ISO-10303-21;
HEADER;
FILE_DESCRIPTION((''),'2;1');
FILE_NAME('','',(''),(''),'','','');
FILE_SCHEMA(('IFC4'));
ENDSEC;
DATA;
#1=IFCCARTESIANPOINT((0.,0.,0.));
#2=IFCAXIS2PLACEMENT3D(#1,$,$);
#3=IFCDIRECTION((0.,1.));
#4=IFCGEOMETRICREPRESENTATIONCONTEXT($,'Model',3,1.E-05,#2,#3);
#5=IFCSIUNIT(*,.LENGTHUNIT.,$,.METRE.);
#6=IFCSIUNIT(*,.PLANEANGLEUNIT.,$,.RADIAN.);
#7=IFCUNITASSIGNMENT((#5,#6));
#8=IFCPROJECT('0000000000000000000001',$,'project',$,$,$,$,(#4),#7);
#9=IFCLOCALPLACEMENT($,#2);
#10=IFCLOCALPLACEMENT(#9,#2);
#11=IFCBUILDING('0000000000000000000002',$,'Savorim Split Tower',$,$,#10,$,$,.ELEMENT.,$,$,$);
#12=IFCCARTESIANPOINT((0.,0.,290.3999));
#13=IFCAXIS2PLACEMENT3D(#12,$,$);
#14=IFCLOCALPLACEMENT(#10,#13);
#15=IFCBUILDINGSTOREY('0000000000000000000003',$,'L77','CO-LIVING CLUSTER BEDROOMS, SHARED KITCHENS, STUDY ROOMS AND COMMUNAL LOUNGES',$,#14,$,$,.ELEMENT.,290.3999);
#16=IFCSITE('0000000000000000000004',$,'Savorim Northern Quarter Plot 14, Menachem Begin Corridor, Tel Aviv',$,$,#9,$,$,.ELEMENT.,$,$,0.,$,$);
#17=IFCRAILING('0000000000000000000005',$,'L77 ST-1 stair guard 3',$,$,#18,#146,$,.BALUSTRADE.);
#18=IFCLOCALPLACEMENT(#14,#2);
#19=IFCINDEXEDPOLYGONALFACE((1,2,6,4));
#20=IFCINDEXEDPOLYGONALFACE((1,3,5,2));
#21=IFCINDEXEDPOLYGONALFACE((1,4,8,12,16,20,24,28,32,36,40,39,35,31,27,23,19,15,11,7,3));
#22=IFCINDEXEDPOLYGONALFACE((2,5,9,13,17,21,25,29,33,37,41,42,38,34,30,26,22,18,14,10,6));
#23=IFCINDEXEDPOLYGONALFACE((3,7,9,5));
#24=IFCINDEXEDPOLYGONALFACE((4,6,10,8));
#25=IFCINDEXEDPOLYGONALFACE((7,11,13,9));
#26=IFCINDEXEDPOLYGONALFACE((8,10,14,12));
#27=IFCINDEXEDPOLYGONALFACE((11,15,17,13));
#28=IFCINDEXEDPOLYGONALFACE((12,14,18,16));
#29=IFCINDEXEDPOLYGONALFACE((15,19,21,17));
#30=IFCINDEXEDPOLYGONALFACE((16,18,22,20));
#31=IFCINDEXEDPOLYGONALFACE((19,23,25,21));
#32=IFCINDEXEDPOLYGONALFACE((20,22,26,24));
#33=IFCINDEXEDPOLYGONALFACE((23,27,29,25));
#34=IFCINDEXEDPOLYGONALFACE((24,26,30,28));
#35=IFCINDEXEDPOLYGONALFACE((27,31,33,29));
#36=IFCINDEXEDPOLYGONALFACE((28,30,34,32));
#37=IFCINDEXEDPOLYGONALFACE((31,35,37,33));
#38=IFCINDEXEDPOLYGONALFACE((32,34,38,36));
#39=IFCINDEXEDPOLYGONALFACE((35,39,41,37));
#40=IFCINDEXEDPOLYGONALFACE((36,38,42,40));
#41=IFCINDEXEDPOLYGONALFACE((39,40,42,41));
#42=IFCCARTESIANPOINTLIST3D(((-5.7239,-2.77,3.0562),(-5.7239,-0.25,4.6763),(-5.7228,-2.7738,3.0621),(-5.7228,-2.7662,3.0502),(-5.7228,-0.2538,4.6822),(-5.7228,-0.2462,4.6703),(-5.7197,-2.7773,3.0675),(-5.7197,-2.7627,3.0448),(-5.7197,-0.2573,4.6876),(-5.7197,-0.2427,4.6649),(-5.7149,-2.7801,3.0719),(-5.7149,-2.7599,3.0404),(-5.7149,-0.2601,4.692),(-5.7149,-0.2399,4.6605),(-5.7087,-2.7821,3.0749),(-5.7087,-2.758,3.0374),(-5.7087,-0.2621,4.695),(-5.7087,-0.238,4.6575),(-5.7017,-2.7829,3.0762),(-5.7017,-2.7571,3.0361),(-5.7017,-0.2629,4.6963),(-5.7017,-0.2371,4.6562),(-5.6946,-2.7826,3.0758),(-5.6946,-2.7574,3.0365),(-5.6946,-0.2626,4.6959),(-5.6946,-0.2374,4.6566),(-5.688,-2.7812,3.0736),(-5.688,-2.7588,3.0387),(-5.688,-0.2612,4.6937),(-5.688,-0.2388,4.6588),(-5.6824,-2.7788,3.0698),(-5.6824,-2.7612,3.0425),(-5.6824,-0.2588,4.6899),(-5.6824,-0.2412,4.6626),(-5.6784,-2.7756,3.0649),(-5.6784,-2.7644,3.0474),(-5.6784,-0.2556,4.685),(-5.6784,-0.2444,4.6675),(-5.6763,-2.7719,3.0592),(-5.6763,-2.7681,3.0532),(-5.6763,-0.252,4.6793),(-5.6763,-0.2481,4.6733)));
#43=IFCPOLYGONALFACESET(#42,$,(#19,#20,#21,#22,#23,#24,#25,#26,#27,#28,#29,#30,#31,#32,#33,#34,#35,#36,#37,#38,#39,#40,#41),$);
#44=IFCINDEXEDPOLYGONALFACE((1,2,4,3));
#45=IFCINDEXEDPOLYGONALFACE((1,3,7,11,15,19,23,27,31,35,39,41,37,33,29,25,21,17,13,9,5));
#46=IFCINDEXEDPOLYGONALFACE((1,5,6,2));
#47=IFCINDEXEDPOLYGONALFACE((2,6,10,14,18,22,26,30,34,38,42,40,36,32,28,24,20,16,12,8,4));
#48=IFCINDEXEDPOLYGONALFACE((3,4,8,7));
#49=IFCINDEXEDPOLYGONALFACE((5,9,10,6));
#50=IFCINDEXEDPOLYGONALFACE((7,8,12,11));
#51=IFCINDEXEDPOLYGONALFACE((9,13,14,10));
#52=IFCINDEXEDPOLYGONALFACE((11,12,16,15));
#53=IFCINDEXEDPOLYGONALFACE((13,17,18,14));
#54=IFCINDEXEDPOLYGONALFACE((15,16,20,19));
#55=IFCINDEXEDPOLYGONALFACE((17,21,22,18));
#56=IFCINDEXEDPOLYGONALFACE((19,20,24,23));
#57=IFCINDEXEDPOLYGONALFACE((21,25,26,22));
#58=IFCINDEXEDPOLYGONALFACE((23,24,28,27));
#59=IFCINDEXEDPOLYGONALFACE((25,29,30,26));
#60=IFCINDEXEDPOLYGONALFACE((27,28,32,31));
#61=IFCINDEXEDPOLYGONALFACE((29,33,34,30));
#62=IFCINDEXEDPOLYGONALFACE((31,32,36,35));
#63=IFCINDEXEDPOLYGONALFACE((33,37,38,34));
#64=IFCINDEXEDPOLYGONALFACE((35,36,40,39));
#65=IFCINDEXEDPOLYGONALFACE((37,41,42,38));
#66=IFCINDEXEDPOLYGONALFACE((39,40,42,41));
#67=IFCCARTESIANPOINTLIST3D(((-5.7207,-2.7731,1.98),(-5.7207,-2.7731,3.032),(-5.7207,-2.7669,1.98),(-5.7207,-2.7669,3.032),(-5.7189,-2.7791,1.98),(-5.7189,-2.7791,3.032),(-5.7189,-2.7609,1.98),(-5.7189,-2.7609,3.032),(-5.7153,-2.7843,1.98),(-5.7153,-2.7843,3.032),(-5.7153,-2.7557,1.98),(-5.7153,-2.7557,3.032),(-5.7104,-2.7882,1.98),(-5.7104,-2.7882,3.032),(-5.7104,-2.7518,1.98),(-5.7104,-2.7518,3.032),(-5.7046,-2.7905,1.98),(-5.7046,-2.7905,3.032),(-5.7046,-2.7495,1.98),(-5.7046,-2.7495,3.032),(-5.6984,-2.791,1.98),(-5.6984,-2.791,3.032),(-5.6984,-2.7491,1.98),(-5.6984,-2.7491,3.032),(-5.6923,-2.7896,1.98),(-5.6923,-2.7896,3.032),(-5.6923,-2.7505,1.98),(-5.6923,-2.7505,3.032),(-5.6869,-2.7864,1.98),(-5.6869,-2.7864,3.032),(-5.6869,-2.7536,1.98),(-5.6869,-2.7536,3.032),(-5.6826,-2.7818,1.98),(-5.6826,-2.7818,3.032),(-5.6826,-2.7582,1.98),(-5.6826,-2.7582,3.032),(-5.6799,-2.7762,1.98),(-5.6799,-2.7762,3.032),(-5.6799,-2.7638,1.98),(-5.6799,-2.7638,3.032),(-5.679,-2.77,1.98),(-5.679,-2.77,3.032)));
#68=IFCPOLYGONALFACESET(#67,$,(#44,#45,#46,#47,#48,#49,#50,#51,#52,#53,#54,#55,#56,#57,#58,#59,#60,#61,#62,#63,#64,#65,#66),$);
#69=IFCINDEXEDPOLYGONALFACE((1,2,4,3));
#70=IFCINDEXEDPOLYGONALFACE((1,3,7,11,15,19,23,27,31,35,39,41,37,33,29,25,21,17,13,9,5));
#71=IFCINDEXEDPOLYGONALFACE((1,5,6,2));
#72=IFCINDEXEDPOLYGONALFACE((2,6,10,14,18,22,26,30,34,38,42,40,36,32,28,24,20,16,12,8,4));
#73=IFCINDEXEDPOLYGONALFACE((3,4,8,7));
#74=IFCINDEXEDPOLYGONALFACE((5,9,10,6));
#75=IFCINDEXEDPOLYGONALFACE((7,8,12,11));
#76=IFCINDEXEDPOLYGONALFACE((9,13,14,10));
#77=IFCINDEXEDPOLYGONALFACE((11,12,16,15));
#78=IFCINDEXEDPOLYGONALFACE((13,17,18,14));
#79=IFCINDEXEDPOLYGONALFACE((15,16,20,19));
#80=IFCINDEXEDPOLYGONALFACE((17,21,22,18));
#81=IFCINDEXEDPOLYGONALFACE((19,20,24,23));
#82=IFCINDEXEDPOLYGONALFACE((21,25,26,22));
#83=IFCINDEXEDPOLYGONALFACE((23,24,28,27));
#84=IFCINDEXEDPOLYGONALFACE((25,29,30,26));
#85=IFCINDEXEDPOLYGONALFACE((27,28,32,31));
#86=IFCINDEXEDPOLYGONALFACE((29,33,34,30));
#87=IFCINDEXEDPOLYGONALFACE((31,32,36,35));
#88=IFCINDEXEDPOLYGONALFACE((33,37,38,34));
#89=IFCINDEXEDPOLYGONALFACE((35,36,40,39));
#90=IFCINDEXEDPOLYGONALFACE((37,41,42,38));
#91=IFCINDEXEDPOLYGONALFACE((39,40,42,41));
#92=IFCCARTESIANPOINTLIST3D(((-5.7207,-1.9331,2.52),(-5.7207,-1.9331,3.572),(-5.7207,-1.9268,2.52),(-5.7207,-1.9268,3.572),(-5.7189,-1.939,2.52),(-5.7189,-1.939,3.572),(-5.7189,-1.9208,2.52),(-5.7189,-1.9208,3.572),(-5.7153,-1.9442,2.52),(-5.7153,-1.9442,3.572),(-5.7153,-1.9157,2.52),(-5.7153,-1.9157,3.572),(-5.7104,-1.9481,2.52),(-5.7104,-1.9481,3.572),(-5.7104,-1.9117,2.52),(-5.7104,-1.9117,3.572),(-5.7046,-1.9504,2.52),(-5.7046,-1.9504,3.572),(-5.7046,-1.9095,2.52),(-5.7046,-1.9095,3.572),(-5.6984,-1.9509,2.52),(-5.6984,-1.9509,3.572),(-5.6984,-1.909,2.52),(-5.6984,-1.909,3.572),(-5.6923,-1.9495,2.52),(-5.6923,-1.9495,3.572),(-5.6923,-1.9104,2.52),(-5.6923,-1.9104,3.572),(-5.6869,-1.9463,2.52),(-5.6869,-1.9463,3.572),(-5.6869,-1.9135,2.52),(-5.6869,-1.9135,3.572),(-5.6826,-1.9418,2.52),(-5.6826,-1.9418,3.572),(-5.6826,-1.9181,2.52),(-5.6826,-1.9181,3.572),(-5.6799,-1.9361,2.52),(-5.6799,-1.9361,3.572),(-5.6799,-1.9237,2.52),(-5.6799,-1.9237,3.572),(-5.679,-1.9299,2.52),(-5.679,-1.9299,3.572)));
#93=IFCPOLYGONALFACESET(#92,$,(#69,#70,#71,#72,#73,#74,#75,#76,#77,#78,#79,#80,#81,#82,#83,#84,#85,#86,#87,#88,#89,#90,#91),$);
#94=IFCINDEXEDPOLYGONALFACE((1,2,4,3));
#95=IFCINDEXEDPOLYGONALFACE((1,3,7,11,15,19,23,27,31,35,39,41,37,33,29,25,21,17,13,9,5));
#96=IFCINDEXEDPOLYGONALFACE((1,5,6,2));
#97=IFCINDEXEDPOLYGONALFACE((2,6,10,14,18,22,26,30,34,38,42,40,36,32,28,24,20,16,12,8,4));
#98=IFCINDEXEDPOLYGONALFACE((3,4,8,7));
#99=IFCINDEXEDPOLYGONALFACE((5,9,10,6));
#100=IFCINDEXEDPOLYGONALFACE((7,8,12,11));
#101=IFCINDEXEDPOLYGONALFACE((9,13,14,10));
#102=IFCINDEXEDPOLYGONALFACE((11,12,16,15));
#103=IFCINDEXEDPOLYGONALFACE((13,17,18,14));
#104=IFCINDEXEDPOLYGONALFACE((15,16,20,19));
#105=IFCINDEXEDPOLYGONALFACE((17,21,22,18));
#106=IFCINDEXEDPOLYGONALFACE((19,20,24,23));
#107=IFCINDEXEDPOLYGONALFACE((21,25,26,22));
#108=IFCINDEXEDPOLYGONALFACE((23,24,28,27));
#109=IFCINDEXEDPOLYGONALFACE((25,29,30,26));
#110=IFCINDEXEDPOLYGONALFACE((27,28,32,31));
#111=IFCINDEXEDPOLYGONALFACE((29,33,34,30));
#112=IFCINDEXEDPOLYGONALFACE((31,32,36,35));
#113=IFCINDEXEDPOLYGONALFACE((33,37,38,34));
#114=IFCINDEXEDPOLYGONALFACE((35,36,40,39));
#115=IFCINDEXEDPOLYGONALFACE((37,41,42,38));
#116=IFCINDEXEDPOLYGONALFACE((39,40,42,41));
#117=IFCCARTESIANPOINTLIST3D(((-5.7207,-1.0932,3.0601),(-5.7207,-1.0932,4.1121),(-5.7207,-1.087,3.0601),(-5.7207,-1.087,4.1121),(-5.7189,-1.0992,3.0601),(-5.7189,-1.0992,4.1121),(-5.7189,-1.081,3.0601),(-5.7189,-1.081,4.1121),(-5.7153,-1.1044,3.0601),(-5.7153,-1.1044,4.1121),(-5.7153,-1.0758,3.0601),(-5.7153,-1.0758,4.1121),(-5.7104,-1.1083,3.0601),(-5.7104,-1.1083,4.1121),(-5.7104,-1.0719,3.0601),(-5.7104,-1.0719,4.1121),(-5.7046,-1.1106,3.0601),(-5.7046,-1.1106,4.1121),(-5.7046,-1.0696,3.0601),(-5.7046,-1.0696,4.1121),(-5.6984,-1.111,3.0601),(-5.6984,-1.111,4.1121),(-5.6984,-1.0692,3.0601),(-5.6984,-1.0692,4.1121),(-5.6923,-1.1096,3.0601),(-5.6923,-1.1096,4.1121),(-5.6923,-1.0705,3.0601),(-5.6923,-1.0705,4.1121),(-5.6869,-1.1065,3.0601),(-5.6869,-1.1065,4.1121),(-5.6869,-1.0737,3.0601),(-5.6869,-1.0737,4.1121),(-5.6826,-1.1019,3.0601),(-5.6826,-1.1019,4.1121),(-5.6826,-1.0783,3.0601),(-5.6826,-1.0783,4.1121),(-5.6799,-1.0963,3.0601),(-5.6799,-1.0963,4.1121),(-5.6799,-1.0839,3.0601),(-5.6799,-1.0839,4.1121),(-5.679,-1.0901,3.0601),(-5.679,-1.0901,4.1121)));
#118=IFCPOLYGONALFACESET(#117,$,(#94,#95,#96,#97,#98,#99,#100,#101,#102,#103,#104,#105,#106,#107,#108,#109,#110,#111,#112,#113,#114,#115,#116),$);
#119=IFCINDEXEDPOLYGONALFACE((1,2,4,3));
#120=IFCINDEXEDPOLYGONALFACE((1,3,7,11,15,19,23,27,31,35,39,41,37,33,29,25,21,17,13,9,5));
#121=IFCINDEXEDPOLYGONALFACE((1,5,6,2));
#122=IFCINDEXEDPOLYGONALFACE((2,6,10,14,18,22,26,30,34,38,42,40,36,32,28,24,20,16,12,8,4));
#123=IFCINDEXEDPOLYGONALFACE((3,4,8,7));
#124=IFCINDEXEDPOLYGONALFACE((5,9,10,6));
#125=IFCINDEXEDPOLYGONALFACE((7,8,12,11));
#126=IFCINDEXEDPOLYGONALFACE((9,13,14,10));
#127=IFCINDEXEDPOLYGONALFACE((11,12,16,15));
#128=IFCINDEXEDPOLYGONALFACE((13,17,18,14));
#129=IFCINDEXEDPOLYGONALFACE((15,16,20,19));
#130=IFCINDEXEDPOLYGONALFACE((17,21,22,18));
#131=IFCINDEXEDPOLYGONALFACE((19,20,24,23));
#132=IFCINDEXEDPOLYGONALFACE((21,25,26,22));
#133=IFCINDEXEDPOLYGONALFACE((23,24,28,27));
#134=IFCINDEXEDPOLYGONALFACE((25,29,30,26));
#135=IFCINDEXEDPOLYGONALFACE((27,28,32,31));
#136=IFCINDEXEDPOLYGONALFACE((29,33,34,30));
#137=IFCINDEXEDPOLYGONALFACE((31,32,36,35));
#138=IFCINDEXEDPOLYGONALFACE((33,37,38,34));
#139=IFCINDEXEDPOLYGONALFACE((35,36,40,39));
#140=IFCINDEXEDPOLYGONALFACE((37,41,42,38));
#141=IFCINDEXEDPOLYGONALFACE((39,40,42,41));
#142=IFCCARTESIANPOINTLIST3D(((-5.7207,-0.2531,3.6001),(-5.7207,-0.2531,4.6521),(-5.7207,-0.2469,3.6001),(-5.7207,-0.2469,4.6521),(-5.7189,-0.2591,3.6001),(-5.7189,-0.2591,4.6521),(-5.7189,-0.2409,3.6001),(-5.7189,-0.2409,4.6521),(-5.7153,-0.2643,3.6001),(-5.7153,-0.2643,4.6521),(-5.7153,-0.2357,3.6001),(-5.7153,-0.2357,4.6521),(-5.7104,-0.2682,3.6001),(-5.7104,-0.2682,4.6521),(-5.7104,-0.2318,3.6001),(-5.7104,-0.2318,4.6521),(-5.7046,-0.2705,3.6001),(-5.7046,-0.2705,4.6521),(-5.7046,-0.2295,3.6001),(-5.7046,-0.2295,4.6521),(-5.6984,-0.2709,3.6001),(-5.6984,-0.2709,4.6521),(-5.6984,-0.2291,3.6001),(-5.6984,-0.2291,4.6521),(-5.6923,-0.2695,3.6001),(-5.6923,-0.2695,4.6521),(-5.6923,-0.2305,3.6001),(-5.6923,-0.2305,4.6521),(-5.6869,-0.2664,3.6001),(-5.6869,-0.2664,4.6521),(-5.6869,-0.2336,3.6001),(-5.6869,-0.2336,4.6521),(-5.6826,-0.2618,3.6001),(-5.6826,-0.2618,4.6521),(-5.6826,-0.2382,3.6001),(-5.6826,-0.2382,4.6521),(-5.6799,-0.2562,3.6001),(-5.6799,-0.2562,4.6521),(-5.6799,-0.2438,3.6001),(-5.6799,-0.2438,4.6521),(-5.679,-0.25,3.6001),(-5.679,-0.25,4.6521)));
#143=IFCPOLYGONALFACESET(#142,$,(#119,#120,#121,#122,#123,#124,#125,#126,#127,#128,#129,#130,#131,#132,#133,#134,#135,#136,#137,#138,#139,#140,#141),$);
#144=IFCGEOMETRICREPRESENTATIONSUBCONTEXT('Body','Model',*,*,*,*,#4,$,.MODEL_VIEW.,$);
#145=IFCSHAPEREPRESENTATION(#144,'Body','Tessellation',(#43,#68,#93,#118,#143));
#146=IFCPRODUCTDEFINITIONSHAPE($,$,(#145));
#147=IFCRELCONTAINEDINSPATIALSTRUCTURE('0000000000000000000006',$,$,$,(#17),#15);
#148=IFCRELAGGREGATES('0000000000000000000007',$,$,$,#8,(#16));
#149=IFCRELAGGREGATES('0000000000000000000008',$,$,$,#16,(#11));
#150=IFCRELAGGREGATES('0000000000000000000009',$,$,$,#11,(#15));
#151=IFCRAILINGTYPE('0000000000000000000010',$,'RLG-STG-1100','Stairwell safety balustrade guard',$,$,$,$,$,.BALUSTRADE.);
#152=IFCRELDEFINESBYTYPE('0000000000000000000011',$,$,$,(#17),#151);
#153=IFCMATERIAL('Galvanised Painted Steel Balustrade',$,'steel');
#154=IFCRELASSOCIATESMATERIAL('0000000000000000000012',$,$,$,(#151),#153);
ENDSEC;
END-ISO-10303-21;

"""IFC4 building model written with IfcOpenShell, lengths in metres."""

from ifc_helpers import new_model, si_unit, direction, frame, origin, origin_2d, place, context, subcontext, project, spatial, circle, extrude, material, type_object, element, save


model = new_model("IFC4")

# Units and contexts
model_context = context("Model", 3, precision=1e-05, world=origin(), true_north=direction((0.0, 1.0)))
body_context = subcontext(model_context, "Body", "Model", "MODEL_VIEW")
ifc_project = project(units=[si_unit("LENGTHUNIT", "METRE"), si_unit("PLANEANGLEUNIT", "RADIAN")], contexts=[model_context])

# Site, building, storey
site_placement = place(None, origin())
site = spatial("IfcSite", under=ifc_project, at=site_placement, Name="Savorim Northern Quarter Plot 14, Menachem Begin Corridor, Tel Aviv", CompositionType="ELEMENT", RefElevation=0.0)
building_placement = place(site_placement, origin())
building = spatial("IfcBuilding", under=site, at=building_placement, Name="Savorim Split Tower", CompositionType="ELEMENT")
storey_placement = place(building_placement, frame((0.0, 0.0, 290.3999)))
storey = spatial("IfcBuildingStorey", under=building, at=storey_placement, Name="L77", Description="CO-LIVING CLUSTER BEDROOMS, SHARED KITCHENS, STUDY ROOMS AND COMMUNAL LOUNGES", CompositionType="ELEMENT", Elevation=290.3999)

# Railing
ifc_material_1 = material(Name="Galvanised Painted Steel Balustrade", Category="steel")
railing_type_1 = type_object("IfcRailingType", Name="RLG-STG-1100", Description="Stairwell safety balustrade guard", PredefinedType="BALUSTRADE", material=ifc_material_1)
railing_1_placement = place(storey_placement, frame((-5.7, -2.77, 1.98)))
element("IfcRailing", 1, at=railing_1_placement, inside=storey, type_object=railing_type_1, Name="L77 ST-1 stair guard 3", PredefinedType="BALUSTRADE", context=body_context, shape_type="SweptSolid", body=[
    extrude(circle(Radius=0.0239, at=origin_2d()), frame((0.0, 0.0, 1.0762), z_axis=(0.0, 0.841163, 0.540782), x_axis=(-1.0, 0.0, 0.0)), (0.0, 0.0, 1.0), 2.9958),
    extrude(circle(Radius=0.021, at=origin_2d()), origin(), (0.0, 0.0, 1.0), 1.052),
    extrude(circle(Radius=0.021, at=origin_2d()), frame((0.0, 0.8401, 0.54)), (0.0, 0.0, 1.0), 1.052),
    extrude(circle(Radius=0.021, at=origin_2d()), frame((0.0, 1.6799, 1.0801)), (0.0, 0.0, 1.0), 1.052),
    extrude(circle(Radius=0.021, at=origin_2d()), frame((0.0, 2.52, 1.6201)), (0.0, 0.0, 1.0), 1.052),
])

save(model, "model.ifc")
